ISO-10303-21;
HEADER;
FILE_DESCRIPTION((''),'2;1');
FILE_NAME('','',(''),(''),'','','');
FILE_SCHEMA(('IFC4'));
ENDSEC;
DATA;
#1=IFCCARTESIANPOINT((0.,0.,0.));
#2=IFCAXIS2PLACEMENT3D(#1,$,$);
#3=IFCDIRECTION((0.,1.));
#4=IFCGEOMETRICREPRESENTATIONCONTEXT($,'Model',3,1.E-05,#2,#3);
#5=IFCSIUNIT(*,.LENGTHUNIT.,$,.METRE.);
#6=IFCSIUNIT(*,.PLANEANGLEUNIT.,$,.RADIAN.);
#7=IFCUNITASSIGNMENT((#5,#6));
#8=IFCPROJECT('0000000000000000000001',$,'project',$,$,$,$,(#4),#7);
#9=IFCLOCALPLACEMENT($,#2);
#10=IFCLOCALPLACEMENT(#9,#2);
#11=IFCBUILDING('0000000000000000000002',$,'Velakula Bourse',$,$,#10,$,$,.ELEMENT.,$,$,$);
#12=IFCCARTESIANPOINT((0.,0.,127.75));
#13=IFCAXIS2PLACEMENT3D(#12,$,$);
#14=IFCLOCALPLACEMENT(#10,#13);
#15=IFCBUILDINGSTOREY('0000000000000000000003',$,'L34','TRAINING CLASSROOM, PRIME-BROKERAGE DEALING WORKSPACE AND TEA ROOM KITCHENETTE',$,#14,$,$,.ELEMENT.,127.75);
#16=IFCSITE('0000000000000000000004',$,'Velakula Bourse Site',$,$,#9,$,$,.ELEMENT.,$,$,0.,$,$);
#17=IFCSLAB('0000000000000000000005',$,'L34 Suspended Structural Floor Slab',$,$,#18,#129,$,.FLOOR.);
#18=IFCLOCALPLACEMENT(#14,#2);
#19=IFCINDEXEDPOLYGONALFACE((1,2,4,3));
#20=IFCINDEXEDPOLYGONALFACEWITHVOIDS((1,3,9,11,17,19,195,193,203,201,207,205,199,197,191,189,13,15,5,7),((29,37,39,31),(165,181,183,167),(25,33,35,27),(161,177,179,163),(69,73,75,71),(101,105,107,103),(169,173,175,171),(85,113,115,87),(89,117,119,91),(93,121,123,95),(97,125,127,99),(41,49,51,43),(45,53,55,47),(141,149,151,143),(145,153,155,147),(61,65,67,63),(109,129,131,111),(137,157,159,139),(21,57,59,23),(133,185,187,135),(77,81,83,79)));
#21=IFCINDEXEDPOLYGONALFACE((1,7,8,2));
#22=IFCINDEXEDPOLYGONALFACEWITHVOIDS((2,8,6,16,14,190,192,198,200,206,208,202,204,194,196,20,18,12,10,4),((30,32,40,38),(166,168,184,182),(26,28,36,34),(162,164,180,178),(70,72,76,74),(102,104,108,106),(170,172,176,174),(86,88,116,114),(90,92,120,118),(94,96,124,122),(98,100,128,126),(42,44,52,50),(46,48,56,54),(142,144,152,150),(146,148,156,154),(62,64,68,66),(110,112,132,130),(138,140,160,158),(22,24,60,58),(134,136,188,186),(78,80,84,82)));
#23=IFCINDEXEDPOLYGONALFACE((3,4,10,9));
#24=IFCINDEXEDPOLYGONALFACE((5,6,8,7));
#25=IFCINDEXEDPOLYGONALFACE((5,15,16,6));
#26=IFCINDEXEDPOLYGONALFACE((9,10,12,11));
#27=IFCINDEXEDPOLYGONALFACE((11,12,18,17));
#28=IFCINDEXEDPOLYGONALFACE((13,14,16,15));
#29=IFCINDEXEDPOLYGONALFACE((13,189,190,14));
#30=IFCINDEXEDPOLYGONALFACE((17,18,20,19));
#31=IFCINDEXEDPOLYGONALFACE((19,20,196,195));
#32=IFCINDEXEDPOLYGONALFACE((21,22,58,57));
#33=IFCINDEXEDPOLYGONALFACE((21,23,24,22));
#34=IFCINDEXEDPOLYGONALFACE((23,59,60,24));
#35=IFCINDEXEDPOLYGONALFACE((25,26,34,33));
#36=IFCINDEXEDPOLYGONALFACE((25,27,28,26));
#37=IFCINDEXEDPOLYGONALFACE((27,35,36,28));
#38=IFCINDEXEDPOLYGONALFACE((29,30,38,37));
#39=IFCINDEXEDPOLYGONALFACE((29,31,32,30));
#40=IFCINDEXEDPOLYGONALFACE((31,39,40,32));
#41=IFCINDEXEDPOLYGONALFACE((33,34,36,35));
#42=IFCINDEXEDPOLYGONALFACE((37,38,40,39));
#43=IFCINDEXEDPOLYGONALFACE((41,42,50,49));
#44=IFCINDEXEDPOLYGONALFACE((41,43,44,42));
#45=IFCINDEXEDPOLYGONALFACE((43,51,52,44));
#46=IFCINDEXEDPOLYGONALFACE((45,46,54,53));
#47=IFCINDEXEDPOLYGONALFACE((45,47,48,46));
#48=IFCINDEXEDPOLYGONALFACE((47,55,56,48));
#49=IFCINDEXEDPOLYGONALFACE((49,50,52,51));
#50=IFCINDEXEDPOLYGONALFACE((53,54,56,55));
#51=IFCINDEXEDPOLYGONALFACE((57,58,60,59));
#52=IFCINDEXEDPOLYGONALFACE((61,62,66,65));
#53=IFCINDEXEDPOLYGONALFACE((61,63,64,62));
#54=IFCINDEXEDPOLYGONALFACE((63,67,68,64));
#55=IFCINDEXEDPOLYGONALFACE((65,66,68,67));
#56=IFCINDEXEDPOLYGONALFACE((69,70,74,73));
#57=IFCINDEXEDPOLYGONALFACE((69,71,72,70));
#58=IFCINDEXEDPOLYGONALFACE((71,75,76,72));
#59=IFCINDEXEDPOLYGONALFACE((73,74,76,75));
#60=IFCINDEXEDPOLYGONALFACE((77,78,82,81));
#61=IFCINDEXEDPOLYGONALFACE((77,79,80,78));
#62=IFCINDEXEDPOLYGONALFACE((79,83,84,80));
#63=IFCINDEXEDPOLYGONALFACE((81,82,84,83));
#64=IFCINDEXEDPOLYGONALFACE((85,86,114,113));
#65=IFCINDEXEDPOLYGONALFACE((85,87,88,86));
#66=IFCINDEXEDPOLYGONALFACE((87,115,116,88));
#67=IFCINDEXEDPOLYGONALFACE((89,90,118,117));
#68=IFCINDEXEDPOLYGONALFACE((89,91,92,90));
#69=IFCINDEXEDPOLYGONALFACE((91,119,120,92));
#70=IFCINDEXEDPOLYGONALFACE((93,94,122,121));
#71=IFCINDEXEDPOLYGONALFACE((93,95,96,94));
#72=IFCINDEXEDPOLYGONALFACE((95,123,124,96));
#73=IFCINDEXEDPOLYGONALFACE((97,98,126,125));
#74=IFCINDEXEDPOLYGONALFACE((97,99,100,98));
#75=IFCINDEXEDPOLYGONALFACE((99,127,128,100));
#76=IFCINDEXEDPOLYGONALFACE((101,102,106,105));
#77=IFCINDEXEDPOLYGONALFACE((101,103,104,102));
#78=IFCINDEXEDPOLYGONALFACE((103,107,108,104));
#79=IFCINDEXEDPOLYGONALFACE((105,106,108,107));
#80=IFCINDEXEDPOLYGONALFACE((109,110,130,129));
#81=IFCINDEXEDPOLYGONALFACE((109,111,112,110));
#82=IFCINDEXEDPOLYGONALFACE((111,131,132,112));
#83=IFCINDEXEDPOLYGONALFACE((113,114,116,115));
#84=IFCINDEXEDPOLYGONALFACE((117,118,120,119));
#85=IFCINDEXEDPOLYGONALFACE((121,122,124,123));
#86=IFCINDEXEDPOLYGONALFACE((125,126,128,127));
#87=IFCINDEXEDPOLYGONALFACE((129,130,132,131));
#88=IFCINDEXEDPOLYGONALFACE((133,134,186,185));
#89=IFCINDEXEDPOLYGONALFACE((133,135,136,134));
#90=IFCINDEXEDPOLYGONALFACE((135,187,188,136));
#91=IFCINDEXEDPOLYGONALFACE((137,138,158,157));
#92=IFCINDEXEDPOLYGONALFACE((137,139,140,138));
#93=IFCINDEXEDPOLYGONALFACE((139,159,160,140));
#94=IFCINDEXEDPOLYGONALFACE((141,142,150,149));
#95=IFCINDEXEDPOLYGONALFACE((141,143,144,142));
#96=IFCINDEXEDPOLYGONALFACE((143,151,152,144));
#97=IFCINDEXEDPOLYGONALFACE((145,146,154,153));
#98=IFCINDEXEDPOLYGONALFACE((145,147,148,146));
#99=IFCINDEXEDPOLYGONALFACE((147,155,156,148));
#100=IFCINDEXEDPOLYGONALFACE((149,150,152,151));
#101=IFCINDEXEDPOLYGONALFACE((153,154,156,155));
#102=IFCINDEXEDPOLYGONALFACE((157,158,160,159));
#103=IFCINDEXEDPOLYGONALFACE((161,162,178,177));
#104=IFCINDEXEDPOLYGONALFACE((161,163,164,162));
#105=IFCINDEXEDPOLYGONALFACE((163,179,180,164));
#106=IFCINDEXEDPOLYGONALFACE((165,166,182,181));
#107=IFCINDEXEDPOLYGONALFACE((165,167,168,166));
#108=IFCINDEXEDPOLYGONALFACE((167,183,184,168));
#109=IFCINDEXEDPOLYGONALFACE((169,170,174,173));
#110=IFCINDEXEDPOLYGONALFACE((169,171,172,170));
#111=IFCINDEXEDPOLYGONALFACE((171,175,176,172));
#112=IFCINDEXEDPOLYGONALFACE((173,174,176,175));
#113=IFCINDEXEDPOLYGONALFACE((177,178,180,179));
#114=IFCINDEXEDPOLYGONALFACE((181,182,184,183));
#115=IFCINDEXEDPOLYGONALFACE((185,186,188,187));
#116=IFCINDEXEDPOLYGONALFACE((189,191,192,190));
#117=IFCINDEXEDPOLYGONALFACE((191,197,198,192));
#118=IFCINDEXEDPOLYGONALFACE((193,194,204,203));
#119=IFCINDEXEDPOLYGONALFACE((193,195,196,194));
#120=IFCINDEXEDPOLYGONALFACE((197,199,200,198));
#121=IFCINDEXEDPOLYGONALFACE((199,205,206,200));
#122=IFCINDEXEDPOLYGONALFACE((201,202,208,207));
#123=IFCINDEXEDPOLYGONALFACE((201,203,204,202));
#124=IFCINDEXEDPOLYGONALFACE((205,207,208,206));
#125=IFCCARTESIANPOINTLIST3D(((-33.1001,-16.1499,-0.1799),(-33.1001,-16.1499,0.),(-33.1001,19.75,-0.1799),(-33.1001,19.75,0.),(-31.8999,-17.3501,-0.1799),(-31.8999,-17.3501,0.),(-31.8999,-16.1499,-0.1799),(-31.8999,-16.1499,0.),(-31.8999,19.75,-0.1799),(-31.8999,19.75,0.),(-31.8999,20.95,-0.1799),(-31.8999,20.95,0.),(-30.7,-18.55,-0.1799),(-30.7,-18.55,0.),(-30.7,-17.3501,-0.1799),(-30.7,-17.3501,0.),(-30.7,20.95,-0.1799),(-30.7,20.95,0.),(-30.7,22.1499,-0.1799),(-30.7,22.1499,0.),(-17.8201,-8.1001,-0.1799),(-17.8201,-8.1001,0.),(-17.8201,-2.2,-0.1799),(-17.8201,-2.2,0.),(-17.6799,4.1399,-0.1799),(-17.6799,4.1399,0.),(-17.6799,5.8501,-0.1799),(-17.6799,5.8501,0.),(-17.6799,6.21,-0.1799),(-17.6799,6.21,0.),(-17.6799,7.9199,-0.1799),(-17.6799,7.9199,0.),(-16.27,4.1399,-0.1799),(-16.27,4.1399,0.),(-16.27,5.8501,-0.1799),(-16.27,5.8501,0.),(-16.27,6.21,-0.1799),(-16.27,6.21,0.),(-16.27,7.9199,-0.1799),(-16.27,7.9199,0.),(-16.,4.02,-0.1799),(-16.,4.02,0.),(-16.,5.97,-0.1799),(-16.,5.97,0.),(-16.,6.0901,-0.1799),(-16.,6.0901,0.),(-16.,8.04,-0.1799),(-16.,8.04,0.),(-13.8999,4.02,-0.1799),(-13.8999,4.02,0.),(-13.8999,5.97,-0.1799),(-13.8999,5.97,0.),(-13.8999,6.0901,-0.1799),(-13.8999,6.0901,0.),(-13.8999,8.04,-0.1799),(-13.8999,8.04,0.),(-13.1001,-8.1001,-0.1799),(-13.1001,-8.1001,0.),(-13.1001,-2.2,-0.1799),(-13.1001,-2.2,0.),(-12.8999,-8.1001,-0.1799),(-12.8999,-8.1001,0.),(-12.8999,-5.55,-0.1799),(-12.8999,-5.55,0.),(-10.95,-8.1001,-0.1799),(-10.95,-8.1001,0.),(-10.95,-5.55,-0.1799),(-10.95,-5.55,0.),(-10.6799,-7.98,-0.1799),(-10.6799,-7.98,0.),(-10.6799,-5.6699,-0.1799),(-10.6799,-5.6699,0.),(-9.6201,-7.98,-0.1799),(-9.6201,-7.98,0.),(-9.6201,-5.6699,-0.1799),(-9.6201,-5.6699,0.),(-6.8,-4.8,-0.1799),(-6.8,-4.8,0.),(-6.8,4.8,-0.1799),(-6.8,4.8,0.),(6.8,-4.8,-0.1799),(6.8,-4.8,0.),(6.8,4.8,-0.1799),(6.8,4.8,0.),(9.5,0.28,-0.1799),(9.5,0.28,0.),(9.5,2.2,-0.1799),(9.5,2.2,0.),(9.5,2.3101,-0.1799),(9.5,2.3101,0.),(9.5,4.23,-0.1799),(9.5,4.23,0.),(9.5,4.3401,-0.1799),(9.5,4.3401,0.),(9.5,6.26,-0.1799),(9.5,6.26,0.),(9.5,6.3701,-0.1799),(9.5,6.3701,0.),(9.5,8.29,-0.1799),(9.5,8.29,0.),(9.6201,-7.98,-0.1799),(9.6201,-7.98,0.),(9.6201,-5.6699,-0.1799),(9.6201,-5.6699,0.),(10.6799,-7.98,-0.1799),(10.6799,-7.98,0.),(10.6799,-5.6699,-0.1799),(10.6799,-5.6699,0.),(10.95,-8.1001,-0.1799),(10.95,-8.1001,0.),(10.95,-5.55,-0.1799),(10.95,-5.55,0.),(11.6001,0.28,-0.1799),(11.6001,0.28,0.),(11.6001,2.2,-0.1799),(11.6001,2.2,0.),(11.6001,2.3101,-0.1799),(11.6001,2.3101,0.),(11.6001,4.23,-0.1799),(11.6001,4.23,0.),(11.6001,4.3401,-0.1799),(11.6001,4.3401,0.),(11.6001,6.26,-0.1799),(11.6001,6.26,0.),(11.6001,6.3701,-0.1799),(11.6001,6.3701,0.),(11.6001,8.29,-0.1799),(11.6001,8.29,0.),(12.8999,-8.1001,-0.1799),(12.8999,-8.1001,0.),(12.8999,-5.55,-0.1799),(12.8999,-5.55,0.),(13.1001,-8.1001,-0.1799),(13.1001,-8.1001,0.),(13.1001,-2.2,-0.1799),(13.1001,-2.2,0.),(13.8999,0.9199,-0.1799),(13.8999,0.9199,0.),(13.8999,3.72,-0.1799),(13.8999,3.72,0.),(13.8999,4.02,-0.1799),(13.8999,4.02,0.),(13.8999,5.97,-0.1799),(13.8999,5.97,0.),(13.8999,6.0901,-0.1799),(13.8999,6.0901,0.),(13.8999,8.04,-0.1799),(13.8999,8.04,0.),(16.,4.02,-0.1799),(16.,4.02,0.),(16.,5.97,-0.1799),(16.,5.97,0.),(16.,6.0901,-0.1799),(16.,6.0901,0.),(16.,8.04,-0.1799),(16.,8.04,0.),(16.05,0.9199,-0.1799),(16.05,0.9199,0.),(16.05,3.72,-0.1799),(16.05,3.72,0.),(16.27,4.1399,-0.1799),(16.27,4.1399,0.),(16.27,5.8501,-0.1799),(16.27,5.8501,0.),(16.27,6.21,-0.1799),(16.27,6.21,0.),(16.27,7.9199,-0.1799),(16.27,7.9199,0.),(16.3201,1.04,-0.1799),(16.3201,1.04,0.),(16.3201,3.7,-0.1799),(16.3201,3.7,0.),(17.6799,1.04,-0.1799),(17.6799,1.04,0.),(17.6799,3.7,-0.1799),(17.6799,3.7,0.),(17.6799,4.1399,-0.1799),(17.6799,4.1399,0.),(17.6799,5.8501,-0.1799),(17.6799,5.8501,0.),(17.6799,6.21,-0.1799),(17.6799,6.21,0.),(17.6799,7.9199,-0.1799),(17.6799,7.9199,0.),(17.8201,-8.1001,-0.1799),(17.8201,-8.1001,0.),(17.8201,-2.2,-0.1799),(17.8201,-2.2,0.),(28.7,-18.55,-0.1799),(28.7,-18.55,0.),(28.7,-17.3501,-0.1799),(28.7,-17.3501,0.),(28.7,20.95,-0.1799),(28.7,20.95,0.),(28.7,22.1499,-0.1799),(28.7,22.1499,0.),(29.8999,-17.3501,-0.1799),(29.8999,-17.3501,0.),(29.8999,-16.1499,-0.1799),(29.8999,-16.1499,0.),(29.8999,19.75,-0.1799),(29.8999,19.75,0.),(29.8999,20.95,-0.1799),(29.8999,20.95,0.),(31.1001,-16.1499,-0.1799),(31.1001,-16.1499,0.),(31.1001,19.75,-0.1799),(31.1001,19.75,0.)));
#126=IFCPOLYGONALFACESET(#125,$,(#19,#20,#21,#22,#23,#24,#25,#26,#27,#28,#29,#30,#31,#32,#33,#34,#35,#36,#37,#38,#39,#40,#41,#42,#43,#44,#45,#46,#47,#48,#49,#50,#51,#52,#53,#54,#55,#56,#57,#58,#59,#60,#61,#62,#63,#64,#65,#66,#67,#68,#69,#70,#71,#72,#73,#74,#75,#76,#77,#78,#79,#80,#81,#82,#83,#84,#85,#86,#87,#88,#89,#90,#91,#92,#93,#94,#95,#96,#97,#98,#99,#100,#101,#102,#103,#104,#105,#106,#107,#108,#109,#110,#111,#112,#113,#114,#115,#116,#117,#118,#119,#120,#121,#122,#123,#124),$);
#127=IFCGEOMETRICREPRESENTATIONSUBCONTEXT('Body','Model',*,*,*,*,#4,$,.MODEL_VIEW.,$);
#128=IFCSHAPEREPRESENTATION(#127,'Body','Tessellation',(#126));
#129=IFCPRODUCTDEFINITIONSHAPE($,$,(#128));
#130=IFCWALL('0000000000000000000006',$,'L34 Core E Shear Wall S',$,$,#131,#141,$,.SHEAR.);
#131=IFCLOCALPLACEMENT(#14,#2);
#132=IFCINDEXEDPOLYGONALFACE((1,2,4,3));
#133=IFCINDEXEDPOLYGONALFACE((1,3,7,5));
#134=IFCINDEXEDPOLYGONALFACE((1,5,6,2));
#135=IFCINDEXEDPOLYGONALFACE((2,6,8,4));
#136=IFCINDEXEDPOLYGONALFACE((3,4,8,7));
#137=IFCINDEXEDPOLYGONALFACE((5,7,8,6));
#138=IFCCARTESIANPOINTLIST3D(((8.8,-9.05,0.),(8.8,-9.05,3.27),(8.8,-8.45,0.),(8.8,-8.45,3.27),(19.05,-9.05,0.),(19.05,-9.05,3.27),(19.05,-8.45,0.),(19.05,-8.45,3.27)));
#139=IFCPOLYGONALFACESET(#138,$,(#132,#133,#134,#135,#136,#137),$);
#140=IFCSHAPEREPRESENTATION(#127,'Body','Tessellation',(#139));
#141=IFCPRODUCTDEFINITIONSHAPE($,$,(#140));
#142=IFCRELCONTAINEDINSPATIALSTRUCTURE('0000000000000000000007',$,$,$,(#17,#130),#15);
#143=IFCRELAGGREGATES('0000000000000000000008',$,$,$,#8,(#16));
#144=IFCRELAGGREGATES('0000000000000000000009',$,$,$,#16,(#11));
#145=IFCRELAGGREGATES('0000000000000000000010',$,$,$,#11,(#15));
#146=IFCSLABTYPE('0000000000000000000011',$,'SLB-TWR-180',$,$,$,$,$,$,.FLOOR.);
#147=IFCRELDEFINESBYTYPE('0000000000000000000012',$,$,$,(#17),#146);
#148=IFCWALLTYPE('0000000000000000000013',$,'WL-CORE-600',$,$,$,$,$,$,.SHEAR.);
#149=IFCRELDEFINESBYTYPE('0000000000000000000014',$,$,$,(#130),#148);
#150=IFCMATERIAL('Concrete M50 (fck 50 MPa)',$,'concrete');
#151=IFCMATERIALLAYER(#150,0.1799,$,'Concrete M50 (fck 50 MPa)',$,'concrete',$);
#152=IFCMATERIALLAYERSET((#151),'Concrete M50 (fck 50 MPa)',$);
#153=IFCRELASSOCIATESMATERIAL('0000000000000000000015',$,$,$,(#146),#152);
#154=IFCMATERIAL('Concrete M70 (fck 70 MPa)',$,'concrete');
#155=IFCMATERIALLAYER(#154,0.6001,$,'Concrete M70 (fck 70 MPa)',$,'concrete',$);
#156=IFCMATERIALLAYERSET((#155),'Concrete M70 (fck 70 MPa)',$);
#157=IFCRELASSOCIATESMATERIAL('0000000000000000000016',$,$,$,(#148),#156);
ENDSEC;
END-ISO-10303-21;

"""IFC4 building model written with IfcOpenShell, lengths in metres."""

from ifc_helpers import new_model, si_unit, direction, frame, frame_2d, origin, place, context, subcontext, project, spatial, polyline, rectangle, outline, extrude, material, layer, layer_set, type_object, element, save


model = new_model("IFC4")

# Units and contexts
model_context = context("Model", 3, precision=1e-05, world=origin(), true_north=direction((0.0, 1.0)))
body_context = subcontext(model_context, "Body", "Model", "MODEL_VIEW")
ifc_project = project(units=[si_unit("LENGTHUNIT", "METRE"), si_unit("PLANEANGLEUNIT", "RADIAN")], contexts=[model_context])

# Site, building, storey
site_placement = place(None, origin())
site = spatial("IfcSite", under=ifc_project, at=site_placement, Name="Velakula Bourse Site", CompositionType="ELEMENT", RefElevation=0.0)
building_placement = place(site_placement, origin())
building = spatial("IfcBuilding", under=site, at=building_placement, Name="Velakula Bourse", CompositionType="ELEMENT")
storey_placement = place(building_placement, frame((0.0, 0.0, 127.75)))
storey = spatial("IfcBuildingStorey", under=building, at=storey_placement, Name="L34", Description="TRAINING CLASSROOM, PRIME-BROKERAGE DEALING WORKSPACE AND TEA ROOM KITCHENETTE", CompositionType="ELEMENT", Elevation=127.75)

# Shared definitions
ifc_material_1 = material(Name="Concrete M70 (fck 70 MPa)", Category="concrete")

# Slab
ifc_material_2 = material(Name="Concrete M50 (fck 50 MPa)", Category="concrete")
ifc_layer_1 = layer(ifc_material_2, 0.1799, Name="Concrete M50 (fck 50 MPa)", Category="concrete")
ifc_layer_set_1 = layer_set([ifc_layer_1], Name="Concrete M50 (fck 50 MPa)")
slab_type = type_object("IfcSlabType", Name="SLB-TWR-180", PredefinedType="FLOOR", material=ifc_layer_set_1)
slab_placement = place(storey_placement, frame((0.0, 0.0, -0.1799)))
element("IfcSlab", 1, at=slab_placement, inside=storey, type_object=slab_type, Name="L34 Suspended Structural Floor Slab", PredefinedType="FLOOR", context=body_context, shape_type="SweptSolid", body=[
    extrude(outline(polyline([(-30.7, -18.55), (28.7, -18.55), (28.7, -17.3501), (29.8999, -17.3501), (29.8999, -16.1499), (31.1001, -16.1499), (31.1001, 19.75), (29.8999, 19.75), (29.8999, 20.95), (28.7, 20.95), (28.7, 22.1499), (-30.7, 22.1499), (-30.7, 20.95), (-31.8999, 20.95), (-31.8999, 19.75), (-33.1001, 19.75), (-33.1001, -16.1499), (-31.8999, -16.1499), (-31.8999, -17.3501), (-30.7, -17.3501), (-30.7, -18.55)]), holes=[polyline([(-17.8201, -8.1001), (-13.1001, -8.1001), (-13.1001, -2.2), (-17.8201, -2.2), (-17.8201, -8.1001)]), polyline([(13.1001, -8.1001), (17.8201, -8.1001), (17.8201, -2.2), (13.1001, -2.2), (13.1001, -8.1001)]), polyline([(-12.8999, -8.1001), (-10.95, -8.1001), (-10.95, -5.55), (-12.8999, -5.55), (-12.8999, -8.1001)]), polyline([(10.95, -8.1001), (12.8999, -8.1001), (12.8999, -5.55), (10.95, -5.55), (10.95, -8.1001)]), polyline([(13.8999, 0.9199), (16.05, 0.9199), (16.05, 3.72), (13.8999, 3.72), (13.8999, 0.9199)]), polyline([(-10.6799, -7.98), (-9.6201, -7.98), (-9.6201, -5.6699), (-10.6799, -5.6699), (-10.6799, -7.98)]), polyline([(-17.6799, 4.1399), (-16.27, 4.1399), (-16.27, 5.8501), (-17.6799, 5.8501), (-17.6799, 4.1399)]), polyline([(-17.6799, 6.21), (-16.27, 6.21), (-16.27, 7.9199), (-17.6799, 7.9199), (-17.6799, 6.21)]), polyline([(9.6201, -7.98), (10.6799, -7.98), (10.6799, -5.6699), (9.6201, -5.6699), (9.6201, -7.98)]), polyline([(16.27, 4.1399), (17.6799, 4.1399), (17.6799, 5.8501), (16.27, 5.8501), (16.27, 4.1399)]), polyline([(16.27, 6.21), (17.6799, 6.21), (17.6799, 7.9199), (16.27, 7.9199), (16.27, 6.21)]), polyline([(16.3201, 1.04), (17.6799, 1.04), (17.6799, 3.7), (16.3201, 3.7), (16.3201, 1.04)]), polyline([(9.5, 0.28), (11.6001, 0.28), (11.6001, 2.2), (9.5, 2.2), (9.5, 0.28)]), polyline([(9.5, 2.3101), (11.6001, 2.3101), (11.6001, 4.23), (9.5, 4.23), (9.5, 2.3101)]), polyline([(9.5, 4.3401), (11.6001, 4.3401), (11.6001, 6.26), (9.5, 6.26), (9.5, 4.3401)]), polyline([(9.5, 6.3701), (11.6001, 6.3701), (11.6001, 8.29), (9.5, 8.29), (9.5, 6.3701)]), polyline([(-16.0, 4.02), (-13.8999, 4.02), (-13.8999, 5.97), (-16.0, 5.97), (-16.0, 4.02)]), polyline([(-16.0, 6.0901), (-13.8999, 6.0901), (-13.8999, 8.04), (-16.0, 8.04), (-16.0, 6.0901)]), polyline([(13.8999, 4.02), (16.0, 4.02), (16.0, 5.97), (13.8999, 5.97), (13.8999, 4.02)]), polyline([(13.8999, 6.0901), (16.0, 6.0901), (16.0, 8.04), (13.8999, 8.04), (13.8999, 6.0901)]), polyline([(-6.8, -4.8), (6.8, -4.8), (6.8, 4.8), (-6.8, 4.8), (-6.8, -4.8)])]), origin(), (0.0, 0.0, 1.0), 0.1799),
])

# Wall
ifc_layer_2 = layer(ifc_material_1, 0.6001, Name="Concrete M70 (fck 70 MPa)", Category="concrete")
ifc_layer_set_2 = layer_set([ifc_layer_2], Name="Concrete M70 (fck 70 MPa)")
wall_type_1 = type_object("IfcWallType", Name="WL-CORE-600", PredefinedType="SHEAR", material=ifc_layer_set_2)
wall_1_placement = place(storey_placement, frame((8.8, -8.75, 0.0), z_axis=(0.0, 0.0, 1.0), x_axis=(1.0, 0.0, 0.0)))
element("IfcWall", 2, at=wall_1_placement, inside=storey, type_object=wall_type_1, Name="L34 Core E Shear Wall S", PredefinedType="SHEAR", context=body_context, shape_type="SweptSolid", body=[
    extrude(rectangle(XDim=10.25, YDim=0.6001, at=frame_2d((5.125, 0.0))), origin(), (0.0, 0.0, 1.0), 3.27),
])

save(model, "model.ifc")
